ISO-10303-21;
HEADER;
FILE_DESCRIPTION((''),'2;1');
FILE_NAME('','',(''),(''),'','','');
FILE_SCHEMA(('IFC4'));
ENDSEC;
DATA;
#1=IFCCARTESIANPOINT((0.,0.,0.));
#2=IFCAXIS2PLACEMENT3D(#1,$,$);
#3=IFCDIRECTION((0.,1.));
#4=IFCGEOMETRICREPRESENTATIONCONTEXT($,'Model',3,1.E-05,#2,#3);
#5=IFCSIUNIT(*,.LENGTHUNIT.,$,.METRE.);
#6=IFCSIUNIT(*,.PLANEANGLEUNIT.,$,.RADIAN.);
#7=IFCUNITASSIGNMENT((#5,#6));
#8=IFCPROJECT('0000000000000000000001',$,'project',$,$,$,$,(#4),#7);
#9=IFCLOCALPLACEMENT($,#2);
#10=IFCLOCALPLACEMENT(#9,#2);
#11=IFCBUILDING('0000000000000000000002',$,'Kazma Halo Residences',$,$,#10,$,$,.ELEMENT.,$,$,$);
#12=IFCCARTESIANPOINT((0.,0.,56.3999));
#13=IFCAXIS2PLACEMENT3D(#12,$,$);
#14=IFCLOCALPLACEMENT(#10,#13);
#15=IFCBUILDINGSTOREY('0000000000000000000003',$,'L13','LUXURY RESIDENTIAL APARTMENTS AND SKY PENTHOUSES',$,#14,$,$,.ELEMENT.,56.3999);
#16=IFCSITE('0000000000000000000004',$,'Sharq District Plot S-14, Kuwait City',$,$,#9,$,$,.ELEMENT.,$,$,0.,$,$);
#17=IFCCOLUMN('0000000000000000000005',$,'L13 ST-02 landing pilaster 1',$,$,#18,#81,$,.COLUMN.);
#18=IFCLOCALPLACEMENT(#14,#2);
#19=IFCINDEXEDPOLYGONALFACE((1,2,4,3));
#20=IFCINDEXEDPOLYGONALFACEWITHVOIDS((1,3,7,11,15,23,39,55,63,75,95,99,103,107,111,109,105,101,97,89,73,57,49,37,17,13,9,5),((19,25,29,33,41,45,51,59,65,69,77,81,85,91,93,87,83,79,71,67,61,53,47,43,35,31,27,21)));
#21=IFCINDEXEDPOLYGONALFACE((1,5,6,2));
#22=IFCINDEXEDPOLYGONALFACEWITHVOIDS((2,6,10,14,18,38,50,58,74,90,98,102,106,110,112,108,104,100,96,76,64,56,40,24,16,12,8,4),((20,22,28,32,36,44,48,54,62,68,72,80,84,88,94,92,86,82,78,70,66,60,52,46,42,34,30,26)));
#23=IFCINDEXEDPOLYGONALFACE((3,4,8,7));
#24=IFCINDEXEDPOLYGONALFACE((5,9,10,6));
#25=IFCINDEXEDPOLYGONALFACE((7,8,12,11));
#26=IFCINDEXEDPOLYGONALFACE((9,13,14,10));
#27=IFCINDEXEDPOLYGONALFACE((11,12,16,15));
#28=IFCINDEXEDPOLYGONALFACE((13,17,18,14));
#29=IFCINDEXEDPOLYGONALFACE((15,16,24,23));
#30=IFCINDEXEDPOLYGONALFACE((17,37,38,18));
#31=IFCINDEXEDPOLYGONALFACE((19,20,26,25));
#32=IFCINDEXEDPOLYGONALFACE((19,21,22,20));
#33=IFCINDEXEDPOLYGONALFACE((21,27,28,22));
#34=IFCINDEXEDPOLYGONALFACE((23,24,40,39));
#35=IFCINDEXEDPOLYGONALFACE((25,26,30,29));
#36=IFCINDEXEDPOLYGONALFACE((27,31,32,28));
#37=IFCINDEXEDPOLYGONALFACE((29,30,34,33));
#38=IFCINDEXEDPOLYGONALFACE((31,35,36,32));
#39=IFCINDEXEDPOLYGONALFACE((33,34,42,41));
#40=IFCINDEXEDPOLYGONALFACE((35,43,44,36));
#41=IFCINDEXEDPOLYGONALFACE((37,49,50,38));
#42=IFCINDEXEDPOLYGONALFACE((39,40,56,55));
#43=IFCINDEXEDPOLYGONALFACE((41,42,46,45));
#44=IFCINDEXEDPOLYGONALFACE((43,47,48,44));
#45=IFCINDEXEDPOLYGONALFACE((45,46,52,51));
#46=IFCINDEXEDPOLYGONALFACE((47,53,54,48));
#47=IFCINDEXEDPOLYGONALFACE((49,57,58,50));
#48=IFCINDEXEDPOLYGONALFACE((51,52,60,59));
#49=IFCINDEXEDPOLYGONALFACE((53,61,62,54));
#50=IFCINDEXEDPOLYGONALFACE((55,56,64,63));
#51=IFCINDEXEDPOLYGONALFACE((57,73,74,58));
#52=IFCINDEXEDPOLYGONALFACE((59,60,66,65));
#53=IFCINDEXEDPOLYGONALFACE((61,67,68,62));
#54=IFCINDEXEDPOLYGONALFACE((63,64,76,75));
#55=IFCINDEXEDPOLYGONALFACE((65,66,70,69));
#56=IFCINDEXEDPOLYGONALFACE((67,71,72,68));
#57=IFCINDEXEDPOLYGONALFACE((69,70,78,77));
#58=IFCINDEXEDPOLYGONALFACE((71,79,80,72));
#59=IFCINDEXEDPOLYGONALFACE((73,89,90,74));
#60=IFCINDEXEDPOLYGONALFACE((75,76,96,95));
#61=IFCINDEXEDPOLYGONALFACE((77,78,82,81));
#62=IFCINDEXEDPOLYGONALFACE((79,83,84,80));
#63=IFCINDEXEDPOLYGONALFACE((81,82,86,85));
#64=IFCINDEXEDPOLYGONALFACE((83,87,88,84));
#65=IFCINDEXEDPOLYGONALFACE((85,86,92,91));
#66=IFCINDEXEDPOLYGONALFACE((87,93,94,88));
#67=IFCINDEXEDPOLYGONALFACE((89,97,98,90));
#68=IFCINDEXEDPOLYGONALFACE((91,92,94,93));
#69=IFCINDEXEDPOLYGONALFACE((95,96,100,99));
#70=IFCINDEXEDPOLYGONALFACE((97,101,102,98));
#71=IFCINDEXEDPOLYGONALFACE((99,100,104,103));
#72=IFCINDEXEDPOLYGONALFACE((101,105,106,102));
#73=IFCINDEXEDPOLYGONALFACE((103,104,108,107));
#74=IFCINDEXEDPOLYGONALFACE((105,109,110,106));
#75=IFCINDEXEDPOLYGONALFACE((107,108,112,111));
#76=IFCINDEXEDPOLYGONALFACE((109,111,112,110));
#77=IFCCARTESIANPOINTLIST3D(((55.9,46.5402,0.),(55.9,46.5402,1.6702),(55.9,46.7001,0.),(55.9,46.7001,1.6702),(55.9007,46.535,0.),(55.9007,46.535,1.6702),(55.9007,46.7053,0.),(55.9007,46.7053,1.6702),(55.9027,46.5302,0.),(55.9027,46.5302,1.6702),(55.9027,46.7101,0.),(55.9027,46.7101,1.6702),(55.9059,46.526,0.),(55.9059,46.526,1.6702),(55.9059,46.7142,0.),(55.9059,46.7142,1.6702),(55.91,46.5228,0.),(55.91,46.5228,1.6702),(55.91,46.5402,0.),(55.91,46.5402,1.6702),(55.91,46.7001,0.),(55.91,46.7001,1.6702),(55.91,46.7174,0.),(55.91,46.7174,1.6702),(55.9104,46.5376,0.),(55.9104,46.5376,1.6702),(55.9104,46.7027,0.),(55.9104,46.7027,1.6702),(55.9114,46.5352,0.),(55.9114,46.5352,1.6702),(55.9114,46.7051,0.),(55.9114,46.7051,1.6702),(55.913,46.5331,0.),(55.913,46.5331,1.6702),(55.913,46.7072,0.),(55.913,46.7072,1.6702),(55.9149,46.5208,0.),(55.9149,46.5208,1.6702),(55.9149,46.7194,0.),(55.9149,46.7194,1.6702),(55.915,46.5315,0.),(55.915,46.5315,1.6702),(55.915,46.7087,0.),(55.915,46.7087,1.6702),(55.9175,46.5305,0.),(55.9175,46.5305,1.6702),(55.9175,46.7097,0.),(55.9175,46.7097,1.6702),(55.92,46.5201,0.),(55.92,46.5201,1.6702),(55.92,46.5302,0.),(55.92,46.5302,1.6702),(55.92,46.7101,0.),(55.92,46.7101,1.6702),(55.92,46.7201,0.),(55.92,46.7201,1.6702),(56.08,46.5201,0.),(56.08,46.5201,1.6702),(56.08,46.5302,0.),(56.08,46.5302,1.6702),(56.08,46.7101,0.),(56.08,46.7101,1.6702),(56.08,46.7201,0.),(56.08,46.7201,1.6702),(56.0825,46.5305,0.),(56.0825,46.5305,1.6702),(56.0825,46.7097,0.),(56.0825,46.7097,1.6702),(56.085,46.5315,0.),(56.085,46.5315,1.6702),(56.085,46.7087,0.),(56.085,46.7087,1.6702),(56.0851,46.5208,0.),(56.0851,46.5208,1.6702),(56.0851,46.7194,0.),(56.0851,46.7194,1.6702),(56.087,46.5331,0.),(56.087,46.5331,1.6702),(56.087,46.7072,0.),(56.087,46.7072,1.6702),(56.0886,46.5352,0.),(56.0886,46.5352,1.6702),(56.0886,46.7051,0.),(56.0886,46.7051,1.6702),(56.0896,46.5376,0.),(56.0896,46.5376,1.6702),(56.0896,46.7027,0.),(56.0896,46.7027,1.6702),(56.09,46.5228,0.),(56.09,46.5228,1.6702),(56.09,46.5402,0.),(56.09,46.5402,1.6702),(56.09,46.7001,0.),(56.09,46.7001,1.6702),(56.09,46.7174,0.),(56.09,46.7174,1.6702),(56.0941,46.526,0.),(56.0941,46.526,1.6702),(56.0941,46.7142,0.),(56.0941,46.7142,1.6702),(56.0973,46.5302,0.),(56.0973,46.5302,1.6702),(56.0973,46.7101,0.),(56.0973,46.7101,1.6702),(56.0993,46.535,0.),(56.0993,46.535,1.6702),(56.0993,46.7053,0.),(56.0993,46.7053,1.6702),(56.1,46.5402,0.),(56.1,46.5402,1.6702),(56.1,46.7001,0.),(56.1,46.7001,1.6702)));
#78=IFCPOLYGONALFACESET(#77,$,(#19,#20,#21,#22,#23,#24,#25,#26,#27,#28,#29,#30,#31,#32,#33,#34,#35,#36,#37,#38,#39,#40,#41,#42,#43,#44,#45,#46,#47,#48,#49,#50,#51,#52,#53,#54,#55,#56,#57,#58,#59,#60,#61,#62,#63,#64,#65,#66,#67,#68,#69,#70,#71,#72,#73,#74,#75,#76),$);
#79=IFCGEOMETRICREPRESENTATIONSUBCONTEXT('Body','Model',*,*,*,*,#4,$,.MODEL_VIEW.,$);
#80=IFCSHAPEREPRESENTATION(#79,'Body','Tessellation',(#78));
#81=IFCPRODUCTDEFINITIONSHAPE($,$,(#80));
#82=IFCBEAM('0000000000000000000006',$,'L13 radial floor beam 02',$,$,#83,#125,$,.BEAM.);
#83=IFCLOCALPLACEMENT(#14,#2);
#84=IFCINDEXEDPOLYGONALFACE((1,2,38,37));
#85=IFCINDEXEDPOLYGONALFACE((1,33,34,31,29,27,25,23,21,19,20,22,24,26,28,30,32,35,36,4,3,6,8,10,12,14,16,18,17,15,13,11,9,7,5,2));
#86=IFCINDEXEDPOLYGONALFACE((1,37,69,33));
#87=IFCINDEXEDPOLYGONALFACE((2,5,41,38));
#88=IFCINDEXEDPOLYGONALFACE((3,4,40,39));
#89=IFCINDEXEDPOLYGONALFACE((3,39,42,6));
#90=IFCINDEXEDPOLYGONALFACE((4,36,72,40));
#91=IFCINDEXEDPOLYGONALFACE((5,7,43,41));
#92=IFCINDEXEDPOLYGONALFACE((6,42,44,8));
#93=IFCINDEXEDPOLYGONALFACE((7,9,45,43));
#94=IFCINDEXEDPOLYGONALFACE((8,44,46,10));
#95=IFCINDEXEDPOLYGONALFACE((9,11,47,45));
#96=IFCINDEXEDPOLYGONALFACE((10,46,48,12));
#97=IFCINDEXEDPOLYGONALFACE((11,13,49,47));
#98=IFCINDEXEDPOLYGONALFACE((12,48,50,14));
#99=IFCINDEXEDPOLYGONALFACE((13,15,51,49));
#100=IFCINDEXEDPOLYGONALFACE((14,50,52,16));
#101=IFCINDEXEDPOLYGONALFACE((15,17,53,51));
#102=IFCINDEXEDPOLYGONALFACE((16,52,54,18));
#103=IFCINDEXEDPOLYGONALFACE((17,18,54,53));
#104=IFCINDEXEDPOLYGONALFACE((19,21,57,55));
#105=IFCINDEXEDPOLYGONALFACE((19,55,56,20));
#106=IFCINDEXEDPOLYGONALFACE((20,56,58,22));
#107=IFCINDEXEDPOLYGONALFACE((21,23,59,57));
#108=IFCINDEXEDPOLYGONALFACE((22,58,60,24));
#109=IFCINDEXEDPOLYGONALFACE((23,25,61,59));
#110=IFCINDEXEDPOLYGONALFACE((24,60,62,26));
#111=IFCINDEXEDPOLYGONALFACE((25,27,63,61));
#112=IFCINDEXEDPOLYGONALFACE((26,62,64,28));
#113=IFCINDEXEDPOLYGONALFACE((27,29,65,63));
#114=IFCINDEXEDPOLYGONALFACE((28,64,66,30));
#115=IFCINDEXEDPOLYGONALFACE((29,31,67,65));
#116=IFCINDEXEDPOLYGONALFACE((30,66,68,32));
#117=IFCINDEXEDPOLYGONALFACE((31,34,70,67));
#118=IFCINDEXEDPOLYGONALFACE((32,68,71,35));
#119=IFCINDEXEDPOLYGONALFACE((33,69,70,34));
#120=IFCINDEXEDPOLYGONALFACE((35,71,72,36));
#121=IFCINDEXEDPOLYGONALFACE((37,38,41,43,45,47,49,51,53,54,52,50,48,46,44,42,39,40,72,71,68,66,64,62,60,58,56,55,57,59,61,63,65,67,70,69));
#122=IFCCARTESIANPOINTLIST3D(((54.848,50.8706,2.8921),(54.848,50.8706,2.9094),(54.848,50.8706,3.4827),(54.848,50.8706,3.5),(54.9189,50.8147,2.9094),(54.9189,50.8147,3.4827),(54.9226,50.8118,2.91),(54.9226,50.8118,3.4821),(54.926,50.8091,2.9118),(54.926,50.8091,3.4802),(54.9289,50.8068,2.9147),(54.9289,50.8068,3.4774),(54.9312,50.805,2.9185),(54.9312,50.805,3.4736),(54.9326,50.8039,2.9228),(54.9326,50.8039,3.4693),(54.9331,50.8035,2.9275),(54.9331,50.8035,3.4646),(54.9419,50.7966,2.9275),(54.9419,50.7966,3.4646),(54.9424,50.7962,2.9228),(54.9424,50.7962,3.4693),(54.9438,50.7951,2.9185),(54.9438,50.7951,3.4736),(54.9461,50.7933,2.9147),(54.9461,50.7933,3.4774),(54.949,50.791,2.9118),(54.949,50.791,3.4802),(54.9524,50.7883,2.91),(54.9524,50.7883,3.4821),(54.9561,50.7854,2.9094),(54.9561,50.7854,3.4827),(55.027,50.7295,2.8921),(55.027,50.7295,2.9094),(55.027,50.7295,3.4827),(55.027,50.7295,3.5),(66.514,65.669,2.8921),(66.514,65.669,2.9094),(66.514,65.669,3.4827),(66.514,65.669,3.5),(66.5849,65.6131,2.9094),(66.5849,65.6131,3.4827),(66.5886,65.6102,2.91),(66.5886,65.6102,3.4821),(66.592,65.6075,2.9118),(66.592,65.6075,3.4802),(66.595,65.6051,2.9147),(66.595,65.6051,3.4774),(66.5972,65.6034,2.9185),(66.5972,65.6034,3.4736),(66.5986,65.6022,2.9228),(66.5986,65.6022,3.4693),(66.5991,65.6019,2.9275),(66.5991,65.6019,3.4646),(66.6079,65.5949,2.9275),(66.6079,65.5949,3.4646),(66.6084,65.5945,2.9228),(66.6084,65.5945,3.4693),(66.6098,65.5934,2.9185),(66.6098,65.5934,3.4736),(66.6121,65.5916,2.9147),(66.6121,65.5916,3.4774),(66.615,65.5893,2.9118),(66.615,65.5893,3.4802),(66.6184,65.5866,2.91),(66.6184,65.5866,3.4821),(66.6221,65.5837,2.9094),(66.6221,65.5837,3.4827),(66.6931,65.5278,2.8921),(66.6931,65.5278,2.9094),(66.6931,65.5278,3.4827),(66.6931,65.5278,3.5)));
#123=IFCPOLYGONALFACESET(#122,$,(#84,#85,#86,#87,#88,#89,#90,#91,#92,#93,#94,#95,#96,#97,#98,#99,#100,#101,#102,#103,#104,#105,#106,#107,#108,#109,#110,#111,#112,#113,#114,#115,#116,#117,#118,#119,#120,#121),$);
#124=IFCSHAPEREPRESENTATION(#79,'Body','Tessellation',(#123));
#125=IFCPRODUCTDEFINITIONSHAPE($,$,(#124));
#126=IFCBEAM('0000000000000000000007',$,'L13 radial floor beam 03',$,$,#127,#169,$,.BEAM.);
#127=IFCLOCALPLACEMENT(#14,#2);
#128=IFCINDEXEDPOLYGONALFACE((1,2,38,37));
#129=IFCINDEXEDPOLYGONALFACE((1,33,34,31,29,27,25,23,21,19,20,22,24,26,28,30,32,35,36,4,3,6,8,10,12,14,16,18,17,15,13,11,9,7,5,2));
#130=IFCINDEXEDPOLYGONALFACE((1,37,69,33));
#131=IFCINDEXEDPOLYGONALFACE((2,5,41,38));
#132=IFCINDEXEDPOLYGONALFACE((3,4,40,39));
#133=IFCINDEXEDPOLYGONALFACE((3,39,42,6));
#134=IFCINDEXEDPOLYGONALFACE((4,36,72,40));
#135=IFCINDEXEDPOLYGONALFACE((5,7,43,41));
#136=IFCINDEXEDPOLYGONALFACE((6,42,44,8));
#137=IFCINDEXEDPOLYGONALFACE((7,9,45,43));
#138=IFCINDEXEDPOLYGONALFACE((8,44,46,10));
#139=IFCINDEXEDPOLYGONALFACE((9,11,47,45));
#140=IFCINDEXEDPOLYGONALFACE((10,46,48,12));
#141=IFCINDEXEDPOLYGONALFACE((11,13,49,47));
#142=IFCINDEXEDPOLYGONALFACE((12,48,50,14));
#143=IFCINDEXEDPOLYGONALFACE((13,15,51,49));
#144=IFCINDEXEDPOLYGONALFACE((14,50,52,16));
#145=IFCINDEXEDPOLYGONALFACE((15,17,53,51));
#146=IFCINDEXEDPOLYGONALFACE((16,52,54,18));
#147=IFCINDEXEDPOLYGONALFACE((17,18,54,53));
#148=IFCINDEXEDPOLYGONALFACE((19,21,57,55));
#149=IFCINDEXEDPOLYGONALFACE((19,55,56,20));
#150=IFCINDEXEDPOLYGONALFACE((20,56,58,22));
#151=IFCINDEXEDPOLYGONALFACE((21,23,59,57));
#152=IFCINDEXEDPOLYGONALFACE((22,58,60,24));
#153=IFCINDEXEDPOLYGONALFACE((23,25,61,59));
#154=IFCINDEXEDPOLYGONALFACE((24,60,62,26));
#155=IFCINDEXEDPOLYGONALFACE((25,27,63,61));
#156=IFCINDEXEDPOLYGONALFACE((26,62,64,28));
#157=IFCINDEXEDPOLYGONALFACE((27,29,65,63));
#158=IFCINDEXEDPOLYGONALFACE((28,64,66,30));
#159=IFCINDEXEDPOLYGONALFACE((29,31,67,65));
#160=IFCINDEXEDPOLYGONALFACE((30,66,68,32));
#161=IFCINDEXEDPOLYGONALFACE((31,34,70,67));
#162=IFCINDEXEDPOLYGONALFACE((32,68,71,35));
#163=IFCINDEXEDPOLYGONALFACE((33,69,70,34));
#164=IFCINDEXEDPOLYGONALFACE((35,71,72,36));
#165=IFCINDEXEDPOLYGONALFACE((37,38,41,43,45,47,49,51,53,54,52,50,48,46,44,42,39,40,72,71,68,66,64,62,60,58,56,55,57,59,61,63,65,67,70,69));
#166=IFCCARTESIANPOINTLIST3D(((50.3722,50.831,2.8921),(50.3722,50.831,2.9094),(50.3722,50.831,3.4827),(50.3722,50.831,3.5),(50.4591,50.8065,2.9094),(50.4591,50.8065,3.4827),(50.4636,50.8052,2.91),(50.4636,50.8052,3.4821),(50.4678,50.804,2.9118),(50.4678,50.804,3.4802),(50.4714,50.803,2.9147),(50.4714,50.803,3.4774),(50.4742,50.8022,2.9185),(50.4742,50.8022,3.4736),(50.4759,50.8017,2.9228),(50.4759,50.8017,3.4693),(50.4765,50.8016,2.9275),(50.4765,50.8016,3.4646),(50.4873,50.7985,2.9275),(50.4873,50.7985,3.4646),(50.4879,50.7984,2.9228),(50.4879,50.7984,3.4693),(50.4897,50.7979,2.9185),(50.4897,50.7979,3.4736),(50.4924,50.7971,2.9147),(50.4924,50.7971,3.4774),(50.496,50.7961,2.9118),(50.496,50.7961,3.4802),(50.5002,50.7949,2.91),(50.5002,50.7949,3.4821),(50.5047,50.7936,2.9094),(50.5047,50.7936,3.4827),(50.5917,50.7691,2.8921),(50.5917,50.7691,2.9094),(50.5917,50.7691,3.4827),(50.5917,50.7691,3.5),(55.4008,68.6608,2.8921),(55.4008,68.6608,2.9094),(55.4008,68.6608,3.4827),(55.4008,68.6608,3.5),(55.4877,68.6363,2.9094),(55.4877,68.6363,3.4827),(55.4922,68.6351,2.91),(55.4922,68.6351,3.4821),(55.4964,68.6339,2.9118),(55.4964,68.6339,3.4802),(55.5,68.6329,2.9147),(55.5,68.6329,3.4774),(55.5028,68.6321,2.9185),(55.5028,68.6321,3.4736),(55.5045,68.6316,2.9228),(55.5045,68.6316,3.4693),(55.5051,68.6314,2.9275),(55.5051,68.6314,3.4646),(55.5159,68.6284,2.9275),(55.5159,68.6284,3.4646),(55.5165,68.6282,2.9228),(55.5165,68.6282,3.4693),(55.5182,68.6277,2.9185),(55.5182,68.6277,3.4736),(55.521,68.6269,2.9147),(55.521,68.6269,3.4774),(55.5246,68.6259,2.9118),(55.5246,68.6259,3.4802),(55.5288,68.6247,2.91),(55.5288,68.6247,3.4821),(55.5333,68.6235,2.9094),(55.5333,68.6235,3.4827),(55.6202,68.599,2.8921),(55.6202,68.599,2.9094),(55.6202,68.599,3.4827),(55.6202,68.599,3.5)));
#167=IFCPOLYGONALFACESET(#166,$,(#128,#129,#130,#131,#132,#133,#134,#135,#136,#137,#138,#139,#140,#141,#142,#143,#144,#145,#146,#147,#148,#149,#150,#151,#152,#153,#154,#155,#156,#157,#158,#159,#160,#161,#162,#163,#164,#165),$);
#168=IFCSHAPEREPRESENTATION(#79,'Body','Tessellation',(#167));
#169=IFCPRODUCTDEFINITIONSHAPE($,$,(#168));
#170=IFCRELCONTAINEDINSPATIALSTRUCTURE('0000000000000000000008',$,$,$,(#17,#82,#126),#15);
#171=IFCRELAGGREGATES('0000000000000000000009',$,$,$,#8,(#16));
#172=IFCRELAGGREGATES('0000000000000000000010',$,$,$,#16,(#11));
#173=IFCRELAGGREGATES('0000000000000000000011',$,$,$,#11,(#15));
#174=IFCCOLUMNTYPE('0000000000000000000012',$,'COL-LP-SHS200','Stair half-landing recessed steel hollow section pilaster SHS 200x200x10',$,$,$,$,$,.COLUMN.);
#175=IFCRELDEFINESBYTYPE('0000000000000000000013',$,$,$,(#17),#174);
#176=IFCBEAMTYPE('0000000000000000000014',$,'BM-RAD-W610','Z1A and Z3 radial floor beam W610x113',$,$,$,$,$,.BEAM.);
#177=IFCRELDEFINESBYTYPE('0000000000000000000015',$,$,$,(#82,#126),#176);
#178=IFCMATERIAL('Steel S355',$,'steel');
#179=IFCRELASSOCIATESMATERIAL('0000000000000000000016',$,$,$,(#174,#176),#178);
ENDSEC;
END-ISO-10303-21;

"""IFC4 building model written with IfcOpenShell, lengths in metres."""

from ifc_helpers import new_model, si_unit, direction, frame, origin, origin_2d, place, context, subcontext, project, spatial, hollow_rectangle, i_section, extrude, material, material_profile, profile_set, type_object, element, save


model = new_model("IFC4")

# Units and contexts
model_context = context("Model", 3, precision=1e-05, world=origin(), true_north=direction((0.0, 1.0)))
body_context = subcontext(model_context, "Body", "Model", "MODEL_VIEW")
ifc_project = project(units=[si_unit("LENGTHUNIT", "METRE"), si_unit("PLANEANGLEUNIT", "RADIAN")], contexts=[model_context])

# Site, building, storey
site_placement = place(None, origin())
site = spatial("IfcSite", under=ifc_project, at=site_placement, Name="Sharq District Plot S-14, Kuwait City", CompositionType="ELEMENT", RefElevation=0.0)
building_placement = place(site_placement, origin())
building = spatial("IfcBuilding", under=site, at=building_placement, Name="Kazma Halo Residences", CompositionType="ELEMENT")
storey_placement = place(building_placement, frame((0.0, 0.0, 56.3999)))
storey = spatial("IfcBuildingStorey", under=building, at=storey_placement, Name="L13", Description="LUXURY RESIDENTIAL APARTMENTS AND SKY PENTHOUSES", CompositionType="ELEMENT", Elevation=56.3999)

# Column
ifc_material_1 = material(Name="Steel S355", Category="steel")
ifc_material_profile_1 = material_profile(ifc_material_1, hollow_rectangle(XDim=0.2, YDim=0.2, WallThickness=0.01, InnerFilletRadius=0.01, OuterFilletRadius=0.02, at=origin_2d()), Name="SHS200x200x10")
ifc_profile_set_1 = profile_set([ifc_material_profile_1], Name="Steel S355")
column_type = type_object("IfcColumnType", Name="COL-LP-SHS200", Description="Stair half-landing recessed steel hollow section pilaster SHS 200x200x10", PredefinedType="COLUMN", material=ifc_profile_set_1)
column_placement = place(storey_placement, frame((56.0, 46.6201, 0.0), z_axis=(0.0, 0.0, 1.0), x_axis=(1.0, 0.0, 0.0)))
element("IfcColumn", 1, at=column_placement, inside=storey, type_object=column_type, Name="L13 ST-02 landing pilaster 1", PredefinedType="COLUMN", context=body_context, shape_type="SweptSolid", body=[
    extrude(hollow_rectangle(XDim=0.2, YDim=0.2, WallThickness=0.01, InnerFilletRadius=0.01, OuterFilletRadius=0.02, at=origin_2d()), origin(), (0.0, 0.0, 1.0), 1.6702),
])

# Beams
ifc_material_profile_2 = material_profile(ifc_material_1, i_section(OverallWidth=0.228, OverallDepth=0.6079, WebThickness=0.0112, FlangeThickness=0.0173, FilletRadius=0.0181, at=origin_2d()), Name="W610x113")
ifc_profile_set_2 = profile_set([ifc_material_profile_2], Name="Steel S355")
beam_type_1 = type_object("IfcBeamType", Name="BM-RAD-W610", Description="Z1A and Z3 radial floor beam W610x113", PredefinedType="BEAM", material=ifc_profile_set_2)
beam_1_placement = place(storey_placement, frame((54.9375, 50.8, 3.196), z_axis=(0.619092, 0.785318, 0.0), x_axis=(-0.785318, 0.619092, 0.0)))
element("IfcBeam", 2, at=beam_1_placement, inside=storey, type_object=beam_type_1, Name="L13 radial floor beam 02", PredefinedType="BEAM", context=body_context, shape_type="SweptSolid", body=[
    extrude(i_section(OverallWidth=0.228, OverallDepth=0.6079, WebThickness=0.0112, FlangeThickness=0.0173, FilletRadius=0.0181, at=origin_2d()), origin(), (0.0, 0.0, 1.0), 18.8438),
])
beam_2_placement = place(storey_placement, frame((50.4819, 50.8, 3.196), z_axis=(0.271442, 0.962455, 0.0), x_axis=(-0.962455, 0.271442, 0.0)))
element("IfcBeam", 3, at=beam_2_placement, inside=storey, type_object=beam_type_1, Name="L13 radial floor beam 03", PredefinedType="BEAM", context=body_context, shape_type="SweptSolid", body=[
    extrude(i_section(OverallWidth=0.228, OverallDepth=0.6079, WebThickness=0.0112, FlangeThickness=0.0173, FilletRadius=0.0181, at=origin_2d()), origin(), (0.0, 0.0, 1.0), 18.5254),
])

save(model, "model.ifc")
